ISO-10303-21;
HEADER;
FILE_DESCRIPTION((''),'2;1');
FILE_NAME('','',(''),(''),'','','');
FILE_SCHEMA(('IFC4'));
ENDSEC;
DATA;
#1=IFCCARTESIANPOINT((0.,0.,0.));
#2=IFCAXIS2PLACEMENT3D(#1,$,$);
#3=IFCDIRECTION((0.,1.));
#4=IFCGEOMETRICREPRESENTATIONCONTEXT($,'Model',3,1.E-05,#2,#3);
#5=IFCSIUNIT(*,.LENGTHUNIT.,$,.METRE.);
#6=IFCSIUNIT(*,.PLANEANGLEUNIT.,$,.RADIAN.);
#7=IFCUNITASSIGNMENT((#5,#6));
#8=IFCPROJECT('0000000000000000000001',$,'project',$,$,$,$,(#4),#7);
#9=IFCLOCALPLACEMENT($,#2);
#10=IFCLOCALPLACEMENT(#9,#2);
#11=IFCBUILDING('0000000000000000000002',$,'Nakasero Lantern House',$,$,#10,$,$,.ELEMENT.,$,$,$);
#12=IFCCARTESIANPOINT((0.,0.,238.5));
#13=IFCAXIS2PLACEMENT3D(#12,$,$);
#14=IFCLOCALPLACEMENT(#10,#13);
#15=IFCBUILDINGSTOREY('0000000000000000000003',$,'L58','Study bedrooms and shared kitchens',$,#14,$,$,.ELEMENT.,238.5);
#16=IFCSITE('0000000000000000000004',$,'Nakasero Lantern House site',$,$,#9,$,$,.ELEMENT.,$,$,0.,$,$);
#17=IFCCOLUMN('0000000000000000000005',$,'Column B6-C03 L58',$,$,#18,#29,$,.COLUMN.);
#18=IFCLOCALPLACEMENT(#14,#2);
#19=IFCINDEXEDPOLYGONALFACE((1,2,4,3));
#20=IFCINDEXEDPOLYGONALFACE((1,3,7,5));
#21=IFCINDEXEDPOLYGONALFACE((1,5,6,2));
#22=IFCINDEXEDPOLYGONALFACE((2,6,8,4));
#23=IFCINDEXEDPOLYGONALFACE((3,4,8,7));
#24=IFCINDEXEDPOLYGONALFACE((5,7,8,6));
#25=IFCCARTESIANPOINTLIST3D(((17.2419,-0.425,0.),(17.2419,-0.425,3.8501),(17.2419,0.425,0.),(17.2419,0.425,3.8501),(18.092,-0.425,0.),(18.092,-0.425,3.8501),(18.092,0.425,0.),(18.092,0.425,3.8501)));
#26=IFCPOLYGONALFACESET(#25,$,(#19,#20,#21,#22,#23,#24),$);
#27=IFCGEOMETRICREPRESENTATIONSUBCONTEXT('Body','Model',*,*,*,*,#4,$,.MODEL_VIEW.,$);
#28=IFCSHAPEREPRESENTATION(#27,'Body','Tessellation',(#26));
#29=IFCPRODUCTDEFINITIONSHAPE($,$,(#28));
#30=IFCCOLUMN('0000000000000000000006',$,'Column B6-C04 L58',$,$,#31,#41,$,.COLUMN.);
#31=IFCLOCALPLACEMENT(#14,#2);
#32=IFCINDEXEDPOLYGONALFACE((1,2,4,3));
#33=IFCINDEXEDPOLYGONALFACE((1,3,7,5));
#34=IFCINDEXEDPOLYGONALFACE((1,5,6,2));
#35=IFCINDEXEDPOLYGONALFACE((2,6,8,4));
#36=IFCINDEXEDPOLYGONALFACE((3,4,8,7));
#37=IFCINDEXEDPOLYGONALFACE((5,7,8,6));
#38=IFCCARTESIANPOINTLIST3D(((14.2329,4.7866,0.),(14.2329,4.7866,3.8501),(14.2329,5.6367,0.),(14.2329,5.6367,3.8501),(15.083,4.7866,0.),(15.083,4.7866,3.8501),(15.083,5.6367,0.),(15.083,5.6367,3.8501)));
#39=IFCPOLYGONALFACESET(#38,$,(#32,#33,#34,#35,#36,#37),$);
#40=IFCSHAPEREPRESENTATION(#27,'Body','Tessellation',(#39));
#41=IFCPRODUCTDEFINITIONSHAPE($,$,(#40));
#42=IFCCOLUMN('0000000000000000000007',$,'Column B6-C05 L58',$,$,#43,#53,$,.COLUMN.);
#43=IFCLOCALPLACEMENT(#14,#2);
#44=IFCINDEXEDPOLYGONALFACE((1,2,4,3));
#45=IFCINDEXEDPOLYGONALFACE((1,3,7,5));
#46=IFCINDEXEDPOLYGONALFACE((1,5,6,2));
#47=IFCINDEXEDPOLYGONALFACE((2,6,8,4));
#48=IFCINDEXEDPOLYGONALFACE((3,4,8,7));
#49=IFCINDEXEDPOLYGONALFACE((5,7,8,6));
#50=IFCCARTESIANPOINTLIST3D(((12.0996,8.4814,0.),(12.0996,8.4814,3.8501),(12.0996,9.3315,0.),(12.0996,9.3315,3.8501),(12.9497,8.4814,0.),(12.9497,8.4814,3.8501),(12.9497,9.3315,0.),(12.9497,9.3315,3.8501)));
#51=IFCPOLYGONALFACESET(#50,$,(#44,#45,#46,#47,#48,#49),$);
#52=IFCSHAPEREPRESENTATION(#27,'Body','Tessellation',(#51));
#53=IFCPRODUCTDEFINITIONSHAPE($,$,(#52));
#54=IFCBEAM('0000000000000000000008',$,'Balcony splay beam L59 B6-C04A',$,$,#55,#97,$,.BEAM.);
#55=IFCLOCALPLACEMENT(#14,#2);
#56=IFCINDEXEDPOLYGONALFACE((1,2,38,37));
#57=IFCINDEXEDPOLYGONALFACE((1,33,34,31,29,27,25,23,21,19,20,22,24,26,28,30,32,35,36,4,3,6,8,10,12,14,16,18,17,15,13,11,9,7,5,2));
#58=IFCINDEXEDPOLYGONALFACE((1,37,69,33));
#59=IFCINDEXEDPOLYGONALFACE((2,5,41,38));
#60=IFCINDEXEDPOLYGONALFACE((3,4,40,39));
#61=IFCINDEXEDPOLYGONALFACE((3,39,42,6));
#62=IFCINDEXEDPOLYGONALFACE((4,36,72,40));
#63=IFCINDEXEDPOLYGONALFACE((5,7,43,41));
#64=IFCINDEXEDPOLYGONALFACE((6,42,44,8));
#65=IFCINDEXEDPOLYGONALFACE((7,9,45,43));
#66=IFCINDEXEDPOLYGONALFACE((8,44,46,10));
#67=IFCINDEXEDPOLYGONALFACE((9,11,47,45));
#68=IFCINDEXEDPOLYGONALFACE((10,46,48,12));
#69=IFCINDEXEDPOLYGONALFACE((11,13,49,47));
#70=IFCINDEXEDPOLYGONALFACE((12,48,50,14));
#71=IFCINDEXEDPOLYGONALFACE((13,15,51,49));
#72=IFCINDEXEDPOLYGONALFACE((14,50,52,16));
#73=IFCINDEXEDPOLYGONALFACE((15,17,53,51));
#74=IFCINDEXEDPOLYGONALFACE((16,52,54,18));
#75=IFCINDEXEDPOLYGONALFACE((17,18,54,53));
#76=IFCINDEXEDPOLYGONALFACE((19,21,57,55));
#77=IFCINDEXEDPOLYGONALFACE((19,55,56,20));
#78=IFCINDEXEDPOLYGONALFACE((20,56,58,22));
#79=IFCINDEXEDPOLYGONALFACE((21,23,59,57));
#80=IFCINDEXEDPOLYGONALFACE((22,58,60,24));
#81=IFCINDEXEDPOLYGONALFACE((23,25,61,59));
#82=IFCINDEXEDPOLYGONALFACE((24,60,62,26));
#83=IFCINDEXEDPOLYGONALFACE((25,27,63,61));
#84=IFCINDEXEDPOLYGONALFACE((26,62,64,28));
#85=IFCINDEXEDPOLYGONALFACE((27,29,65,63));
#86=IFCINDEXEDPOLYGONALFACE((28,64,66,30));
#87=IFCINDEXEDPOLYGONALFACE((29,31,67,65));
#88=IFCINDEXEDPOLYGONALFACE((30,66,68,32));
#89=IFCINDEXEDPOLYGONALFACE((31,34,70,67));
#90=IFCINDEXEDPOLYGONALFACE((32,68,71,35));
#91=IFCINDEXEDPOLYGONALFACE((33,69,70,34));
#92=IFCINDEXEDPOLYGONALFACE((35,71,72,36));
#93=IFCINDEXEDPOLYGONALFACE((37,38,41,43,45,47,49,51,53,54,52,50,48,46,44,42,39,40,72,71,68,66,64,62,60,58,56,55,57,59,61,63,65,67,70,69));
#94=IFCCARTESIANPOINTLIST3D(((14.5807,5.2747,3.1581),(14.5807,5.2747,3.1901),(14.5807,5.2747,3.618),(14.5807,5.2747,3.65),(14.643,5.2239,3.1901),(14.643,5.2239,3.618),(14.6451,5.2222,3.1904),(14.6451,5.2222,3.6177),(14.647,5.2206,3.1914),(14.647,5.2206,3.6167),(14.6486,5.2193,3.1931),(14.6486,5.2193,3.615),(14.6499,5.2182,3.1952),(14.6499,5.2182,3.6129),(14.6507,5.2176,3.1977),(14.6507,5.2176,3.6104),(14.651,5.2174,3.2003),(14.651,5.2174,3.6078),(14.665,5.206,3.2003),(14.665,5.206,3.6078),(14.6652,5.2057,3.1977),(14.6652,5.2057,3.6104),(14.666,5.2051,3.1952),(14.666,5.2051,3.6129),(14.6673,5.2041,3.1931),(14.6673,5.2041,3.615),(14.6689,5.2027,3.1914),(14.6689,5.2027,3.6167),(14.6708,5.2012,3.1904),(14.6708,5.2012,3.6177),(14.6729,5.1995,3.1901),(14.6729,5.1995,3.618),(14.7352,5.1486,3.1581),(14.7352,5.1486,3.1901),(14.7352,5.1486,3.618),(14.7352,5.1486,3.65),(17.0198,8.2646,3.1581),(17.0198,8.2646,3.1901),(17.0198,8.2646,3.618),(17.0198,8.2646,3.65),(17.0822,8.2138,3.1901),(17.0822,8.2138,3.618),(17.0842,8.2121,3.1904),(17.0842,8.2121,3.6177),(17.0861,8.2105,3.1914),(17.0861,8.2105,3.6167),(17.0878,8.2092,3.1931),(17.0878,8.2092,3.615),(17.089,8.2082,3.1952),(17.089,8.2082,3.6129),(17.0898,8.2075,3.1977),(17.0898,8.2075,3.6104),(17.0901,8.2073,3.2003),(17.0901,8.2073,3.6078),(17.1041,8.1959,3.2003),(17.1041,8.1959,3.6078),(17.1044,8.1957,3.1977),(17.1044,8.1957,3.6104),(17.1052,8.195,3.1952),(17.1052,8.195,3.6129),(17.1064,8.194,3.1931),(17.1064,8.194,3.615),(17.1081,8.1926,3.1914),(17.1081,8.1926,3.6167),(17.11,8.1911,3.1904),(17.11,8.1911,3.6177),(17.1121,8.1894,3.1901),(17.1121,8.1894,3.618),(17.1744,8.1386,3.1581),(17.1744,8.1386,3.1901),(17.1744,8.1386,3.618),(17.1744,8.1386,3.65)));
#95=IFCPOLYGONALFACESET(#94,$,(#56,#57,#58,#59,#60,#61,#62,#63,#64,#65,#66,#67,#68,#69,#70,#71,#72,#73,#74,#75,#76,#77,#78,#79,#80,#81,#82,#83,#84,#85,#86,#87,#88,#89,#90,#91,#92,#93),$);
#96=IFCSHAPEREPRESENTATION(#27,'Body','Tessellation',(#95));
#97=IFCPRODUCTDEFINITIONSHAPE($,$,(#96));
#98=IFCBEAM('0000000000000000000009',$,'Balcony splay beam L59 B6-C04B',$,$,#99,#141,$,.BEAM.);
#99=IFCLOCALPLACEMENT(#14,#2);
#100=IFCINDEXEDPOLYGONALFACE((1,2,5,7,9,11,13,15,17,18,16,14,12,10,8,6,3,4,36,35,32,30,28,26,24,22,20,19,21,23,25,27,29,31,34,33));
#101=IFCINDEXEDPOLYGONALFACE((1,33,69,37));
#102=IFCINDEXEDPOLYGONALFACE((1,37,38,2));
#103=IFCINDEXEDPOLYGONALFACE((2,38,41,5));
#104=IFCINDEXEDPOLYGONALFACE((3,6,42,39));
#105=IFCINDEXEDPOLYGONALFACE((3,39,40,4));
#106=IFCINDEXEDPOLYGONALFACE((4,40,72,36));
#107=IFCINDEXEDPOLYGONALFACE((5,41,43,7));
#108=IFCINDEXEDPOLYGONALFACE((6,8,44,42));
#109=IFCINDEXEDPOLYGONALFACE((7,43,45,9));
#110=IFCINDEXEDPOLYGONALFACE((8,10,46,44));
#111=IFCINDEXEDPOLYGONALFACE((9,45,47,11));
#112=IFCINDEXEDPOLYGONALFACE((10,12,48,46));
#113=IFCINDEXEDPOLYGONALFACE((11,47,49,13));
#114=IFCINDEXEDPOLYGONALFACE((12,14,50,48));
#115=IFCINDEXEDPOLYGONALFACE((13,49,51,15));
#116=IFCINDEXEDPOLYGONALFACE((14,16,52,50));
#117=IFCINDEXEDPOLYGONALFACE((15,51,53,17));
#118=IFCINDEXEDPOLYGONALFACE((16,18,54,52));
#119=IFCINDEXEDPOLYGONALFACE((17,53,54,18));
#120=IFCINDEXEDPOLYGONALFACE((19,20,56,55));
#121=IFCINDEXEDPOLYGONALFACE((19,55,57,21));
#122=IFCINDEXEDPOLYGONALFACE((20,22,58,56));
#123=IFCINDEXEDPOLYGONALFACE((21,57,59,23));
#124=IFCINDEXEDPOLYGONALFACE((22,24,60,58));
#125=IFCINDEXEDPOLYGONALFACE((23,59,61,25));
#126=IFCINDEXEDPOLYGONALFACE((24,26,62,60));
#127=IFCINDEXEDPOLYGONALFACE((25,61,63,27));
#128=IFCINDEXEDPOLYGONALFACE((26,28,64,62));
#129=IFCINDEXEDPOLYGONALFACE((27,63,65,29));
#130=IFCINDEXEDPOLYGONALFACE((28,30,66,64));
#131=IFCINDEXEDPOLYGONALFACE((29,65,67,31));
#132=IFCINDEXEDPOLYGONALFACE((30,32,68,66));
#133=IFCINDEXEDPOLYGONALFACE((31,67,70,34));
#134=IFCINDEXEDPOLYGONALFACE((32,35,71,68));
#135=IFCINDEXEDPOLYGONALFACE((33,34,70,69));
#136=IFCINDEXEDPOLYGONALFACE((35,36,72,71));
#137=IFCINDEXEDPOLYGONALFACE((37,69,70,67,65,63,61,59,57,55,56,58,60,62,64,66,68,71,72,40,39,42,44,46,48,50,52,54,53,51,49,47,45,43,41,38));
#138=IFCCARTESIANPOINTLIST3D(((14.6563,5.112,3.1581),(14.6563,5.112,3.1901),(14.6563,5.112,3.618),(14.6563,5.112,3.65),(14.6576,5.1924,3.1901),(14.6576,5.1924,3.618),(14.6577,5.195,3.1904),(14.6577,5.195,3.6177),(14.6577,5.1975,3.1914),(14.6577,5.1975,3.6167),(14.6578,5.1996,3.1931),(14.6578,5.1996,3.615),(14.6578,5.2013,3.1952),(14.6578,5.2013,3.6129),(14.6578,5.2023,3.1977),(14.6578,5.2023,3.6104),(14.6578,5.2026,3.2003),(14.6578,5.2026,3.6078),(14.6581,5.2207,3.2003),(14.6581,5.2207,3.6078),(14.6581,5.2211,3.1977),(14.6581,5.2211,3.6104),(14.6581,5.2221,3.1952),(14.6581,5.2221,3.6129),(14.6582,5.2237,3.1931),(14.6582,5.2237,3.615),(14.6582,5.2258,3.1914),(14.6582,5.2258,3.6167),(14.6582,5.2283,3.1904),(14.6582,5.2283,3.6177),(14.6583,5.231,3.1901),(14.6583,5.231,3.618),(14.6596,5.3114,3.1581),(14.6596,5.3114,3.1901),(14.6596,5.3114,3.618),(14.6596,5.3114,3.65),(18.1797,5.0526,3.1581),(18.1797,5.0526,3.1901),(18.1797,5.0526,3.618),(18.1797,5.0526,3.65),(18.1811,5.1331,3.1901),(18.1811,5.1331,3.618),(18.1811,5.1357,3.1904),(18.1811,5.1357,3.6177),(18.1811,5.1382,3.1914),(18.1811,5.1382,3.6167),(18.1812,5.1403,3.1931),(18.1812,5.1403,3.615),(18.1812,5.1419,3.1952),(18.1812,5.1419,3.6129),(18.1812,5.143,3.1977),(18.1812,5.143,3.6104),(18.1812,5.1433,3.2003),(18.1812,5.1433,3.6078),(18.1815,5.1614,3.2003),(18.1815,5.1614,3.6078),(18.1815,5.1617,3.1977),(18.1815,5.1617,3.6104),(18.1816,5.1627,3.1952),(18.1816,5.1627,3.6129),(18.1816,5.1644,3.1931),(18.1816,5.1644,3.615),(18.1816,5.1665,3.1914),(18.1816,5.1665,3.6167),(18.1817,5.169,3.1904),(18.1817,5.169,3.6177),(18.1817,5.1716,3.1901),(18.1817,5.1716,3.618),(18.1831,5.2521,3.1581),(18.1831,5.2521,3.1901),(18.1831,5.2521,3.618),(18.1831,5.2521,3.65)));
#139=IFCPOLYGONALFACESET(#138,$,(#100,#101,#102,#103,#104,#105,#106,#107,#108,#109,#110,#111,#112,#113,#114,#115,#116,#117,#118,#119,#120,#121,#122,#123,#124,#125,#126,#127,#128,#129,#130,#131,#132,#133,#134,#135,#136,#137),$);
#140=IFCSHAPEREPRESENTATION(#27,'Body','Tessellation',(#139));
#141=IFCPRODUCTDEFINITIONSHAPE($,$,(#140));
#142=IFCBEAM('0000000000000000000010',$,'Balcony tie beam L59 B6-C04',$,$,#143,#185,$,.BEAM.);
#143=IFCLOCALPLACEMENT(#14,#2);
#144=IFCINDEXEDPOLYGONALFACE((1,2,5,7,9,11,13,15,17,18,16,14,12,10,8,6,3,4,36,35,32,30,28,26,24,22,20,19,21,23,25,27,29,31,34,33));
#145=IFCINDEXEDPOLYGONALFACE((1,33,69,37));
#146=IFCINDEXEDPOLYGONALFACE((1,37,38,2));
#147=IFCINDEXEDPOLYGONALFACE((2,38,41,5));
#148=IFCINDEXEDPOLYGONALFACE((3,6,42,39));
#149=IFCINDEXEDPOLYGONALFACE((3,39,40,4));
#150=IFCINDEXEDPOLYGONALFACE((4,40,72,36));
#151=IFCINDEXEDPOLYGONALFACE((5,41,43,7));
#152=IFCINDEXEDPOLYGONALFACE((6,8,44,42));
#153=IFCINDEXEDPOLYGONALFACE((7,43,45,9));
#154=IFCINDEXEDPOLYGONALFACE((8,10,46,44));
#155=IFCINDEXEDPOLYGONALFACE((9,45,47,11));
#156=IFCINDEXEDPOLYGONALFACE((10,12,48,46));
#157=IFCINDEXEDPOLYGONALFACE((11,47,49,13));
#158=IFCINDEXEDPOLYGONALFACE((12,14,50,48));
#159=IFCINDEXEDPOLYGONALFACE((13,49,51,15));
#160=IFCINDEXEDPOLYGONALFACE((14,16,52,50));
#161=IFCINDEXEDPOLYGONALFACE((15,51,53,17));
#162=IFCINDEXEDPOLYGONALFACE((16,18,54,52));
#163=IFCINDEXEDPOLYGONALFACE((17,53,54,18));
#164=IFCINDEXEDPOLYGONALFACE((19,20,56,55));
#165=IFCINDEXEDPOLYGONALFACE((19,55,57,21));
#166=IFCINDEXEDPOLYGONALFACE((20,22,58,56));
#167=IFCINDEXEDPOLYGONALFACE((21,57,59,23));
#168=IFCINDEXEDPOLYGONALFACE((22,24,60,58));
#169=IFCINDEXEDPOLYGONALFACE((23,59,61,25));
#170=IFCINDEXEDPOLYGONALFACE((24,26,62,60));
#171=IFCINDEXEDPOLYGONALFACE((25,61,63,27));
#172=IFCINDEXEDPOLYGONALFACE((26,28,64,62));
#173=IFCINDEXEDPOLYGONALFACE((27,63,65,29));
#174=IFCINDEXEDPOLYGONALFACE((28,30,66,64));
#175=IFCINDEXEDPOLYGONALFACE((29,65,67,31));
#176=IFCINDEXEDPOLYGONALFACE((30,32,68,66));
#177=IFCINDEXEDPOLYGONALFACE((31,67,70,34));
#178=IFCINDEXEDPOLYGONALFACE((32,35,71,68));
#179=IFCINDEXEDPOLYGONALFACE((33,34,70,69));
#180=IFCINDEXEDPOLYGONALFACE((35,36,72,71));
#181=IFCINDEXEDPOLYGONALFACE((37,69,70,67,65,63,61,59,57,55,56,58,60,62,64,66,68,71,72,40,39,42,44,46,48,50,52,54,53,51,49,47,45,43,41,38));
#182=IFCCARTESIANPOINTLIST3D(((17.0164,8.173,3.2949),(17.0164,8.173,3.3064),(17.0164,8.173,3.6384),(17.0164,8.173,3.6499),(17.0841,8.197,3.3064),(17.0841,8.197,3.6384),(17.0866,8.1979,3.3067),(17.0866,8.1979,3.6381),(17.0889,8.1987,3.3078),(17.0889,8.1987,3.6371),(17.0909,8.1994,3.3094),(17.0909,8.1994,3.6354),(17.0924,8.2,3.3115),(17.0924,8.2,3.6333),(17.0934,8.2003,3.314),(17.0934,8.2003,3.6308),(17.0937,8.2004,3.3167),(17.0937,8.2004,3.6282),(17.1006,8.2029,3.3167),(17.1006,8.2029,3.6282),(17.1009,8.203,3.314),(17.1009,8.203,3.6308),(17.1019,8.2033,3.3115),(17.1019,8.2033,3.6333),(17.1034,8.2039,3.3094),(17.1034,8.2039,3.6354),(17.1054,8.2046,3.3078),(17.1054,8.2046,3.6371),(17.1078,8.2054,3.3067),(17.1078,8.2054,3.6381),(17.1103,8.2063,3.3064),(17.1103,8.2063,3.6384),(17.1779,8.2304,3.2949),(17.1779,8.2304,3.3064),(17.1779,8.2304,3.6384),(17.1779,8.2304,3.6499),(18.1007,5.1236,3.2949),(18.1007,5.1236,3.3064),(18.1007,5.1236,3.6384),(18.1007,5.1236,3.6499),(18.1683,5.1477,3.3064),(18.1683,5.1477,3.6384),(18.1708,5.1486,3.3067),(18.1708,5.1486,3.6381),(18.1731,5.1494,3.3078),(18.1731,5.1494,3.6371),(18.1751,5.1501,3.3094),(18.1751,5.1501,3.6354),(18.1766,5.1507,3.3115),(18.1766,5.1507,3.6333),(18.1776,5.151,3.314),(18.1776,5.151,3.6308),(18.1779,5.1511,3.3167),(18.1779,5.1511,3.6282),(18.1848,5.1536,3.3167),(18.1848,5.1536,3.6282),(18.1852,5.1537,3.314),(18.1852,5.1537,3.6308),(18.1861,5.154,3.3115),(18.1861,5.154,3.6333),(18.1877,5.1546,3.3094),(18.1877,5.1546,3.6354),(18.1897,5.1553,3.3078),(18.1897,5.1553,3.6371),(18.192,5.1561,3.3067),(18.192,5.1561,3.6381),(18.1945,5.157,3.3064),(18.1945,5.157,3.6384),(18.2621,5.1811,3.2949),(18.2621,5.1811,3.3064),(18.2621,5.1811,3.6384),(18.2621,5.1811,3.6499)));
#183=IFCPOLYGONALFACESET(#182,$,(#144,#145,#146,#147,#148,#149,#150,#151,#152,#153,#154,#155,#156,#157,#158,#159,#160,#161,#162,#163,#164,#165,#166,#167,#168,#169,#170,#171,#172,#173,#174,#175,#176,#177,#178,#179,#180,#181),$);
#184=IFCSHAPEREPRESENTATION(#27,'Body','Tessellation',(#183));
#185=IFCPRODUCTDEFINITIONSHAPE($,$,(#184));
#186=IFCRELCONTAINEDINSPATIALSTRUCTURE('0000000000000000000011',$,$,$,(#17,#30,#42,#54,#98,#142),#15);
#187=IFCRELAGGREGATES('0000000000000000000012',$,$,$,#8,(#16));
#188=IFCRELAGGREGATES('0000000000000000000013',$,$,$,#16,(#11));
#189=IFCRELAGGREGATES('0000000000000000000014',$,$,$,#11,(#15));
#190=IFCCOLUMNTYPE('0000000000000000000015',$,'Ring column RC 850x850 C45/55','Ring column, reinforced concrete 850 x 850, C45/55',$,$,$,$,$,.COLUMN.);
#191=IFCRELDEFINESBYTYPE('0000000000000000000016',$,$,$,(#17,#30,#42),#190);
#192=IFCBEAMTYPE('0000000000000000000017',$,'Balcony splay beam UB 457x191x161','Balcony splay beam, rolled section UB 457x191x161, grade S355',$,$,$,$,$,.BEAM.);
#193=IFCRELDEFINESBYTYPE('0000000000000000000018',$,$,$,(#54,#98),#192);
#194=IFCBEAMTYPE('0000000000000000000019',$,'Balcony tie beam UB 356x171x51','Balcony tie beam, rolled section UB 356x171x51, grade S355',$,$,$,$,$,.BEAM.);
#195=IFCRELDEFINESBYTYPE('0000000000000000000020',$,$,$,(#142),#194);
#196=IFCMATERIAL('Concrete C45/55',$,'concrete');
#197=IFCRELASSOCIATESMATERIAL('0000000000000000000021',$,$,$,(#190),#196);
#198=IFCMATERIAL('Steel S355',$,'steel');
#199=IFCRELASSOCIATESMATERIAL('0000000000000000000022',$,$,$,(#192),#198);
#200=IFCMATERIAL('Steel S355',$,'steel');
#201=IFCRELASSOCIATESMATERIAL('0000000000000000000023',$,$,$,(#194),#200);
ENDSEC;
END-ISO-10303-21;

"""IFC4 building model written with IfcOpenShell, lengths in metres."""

from ifc_helpers import new_model, si_unit, direction, frame, origin, origin_2d, place, context, subcontext, project, spatial, rectangle, i_section, extrude, material, material_profile, profile_set, type_object, element, save


model = new_model("IFC4")

# Units and contexts
model_context = context("Model", 3, precision=1e-05, world=origin(), true_north=direction((0.0, 1.0)))
body_context = subcontext(model_context, "Body", "Model", "MODEL_VIEW")
ifc_project = project(units=[si_unit("LENGTHUNIT", "METRE"), si_unit("PLANEANGLEUNIT", "RADIAN")], contexts=[model_context])

# Site, building, storey
site_placement = place(None, origin())
site = spatial("IfcSite", under=ifc_project, at=site_placement, Name="Nakasero Lantern House site", CompositionType="ELEMENT", RefElevation=0.0)
building_placement = place(site_placement, origin())
building = spatial("IfcBuilding", under=site, at=building_placement, Name="Nakasero Lantern House", CompositionType="ELEMENT")
storey_placement = place(building_placement, frame((0.0, 0.0, 238.5)))
storey = spatial("IfcBuildingStorey", under=building, at=storey_placement, Name="L58", Description="Study bedrooms and shared kitchens", CompositionType="ELEMENT", Elevation=238.5)

# Columns
ifc_material_1 = material(Name="Concrete C45/55", Category="concrete")
ifc_material_profile_1 = material_profile(ifc_material_1, rectangle(XDim=0.8501, YDim=0.8501, at=origin_2d()), Name="RC 850x850")
ifc_profile_set_1 = profile_set([ifc_material_profile_1], Name="Concrete C45/55")
column_type = type_object("IfcColumnType", Name="Ring column RC 850x850 C45/55", Description="Ring column, reinforced concrete 850 x 850, C45/55", PredefinedType="COLUMN", material=ifc_profile_set_1)
for number, where, z_axis, x_axis, name in (
    (1, (17.667, 0.0, 0.0), (0.0, 0.0, 1.0), (1.0, 0.0, 0.0), "Column B6-C03 L58"),
    (2, (14.658, 5.2117, 0.0), (0.0, 0.0, 1.0), (1.0, 0.0, 0.0), "Column B6-C04 L58"),
    (3, (12.5247, 8.9065, 0.0), (0.0, 0.0, 1.0), (1.0, 0.0, 0.0), "Column B6-C05 L58"),
):
    element("IfcColumn", number, at=place(storey_placement, frame(where, z_axis=z_axis, x_axis=x_axis)), inside=storey, type_object=column_type, Name=name, PredefinedType="COLUMN", context=body_context, shape_type="SweptSolid", body=[
        extrude(rectangle(XDim=0.8501, YDim=0.8501, at=origin_2d()), origin(), (0.0, 0.0, 1.0), 3.8501),
    ])

# Beams
ifc_material_2 = material(Name="Steel S355", Category="steel")
ifc_material_profile_2 = material_profile(ifc_material_2, i_section(OverallWidth=0.1995, OverallDepth=0.4919, WebThickness=0.0181, FlangeThickness=0.032, FilletRadius=0.0103, at=origin_2d()), Name="UB 457x191x161")
ifc_profile_set_2 = profile_set([ifc_material_profile_2], Name="Steel S355")
beam_type_1 = type_object("IfcBeamType", Name="Balcony splay beam UB 457x191x161", Description="Balcony splay beam, rolled section UB 457x191x161, grade S355", PredefinedType="BEAM", material=ifc_profile_set_2)
beam_1_placement = place(storey_placement, frame((14.658, 5.2117, 3.4041), z_axis=(0.632128, 0.774864, 0.0), x_axis=(-0.774864, 0.632128, 0.0)))
element("IfcBeam", 4, at=beam_1_placement, inside=storey, type_object=beam_type_1, Name="Balcony splay beam L59 B6-C04A", PredefinedType="BEAM", context=body_context, shape_type="SweptSolid", body=[
    extrude(i_section(OverallWidth=0.1995, OverallDepth=0.4919, WebThickness=0.0181, FlangeThickness=0.032, FilletRadius=0.0103, at=origin_2d()), origin(), (0.0, 0.0, 1.0), 3.8586),
])
beam_2_placement = place(storey_placement, frame((14.658, 5.2117, 3.4041), z_axis=(0.999858, -0.016835, 0.0), x_axis=(0.016835, 0.999858, 0.0)))
element("IfcBeam", 5, at=beam_2_placement, inside=storey, type_object=beam_type_1, Name="Balcony splay beam L59 B6-C04B", PredefinedType="BEAM", context=body_context, shape_type="SweptSolid", body=[
    extrude(i_section(OverallWidth=0.1995, OverallDepth=0.4919, WebThickness=0.0181, FlangeThickness=0.032, FilletRadius=0.0103, at=origin_2d()), origin(), (0.0, 0.0, 1.0), 3.5239),
])
ifc_material_3 = material(Name="Steel S355", Category="steel")
ifc_material_profile_3 = material_profile(ifc_material_3, i_section(OverallWidth=0.1714, OverallDepth=0.355, WebThickness=0.0073, FlangeThickness=0.0115, FilletRadius=0.0103, at=origin_2d()), Name="UB 356x171x51")
ifc_profile_set_3 = profile_set([ifc_material_profile_3], Name="Steel S355")
beam_type_2 = type_object("IfcBeamType", Name="Balcony tie beam UB 356x171x51", Description="Balcony tie beam, rolled section UB 356x171x51, grade S355", PredefinedType="BEAM", material=ifc_profile_set_3)
beam_3_placement = place(storey_placement, frame((17.0972, 8.2017, 3.4724), z_axis=(0.335017, -0.942212, 0.0), x_axis=(0.942212, 0.335017, 0.0)))
element("IfcBeam", 6, at=beam_3_placement, inside=storey, type_object=beam_type_2, Name="Balcony tie beam L59 B6-C04", PredefinedType="BEAM", context=body_context, shape_type="SweptSolid", body=[
    extrude(i_section(OverallWidth=0.1714, OverallDepth=0.355, WebThickness=0.0073, FlangeThickness=0.0115, FilletRadius=0.0103, at=origin_2d()), origin(), (0.0, 0.0, 1.0), 3.2363),
])

save(model, "model.ifc")
